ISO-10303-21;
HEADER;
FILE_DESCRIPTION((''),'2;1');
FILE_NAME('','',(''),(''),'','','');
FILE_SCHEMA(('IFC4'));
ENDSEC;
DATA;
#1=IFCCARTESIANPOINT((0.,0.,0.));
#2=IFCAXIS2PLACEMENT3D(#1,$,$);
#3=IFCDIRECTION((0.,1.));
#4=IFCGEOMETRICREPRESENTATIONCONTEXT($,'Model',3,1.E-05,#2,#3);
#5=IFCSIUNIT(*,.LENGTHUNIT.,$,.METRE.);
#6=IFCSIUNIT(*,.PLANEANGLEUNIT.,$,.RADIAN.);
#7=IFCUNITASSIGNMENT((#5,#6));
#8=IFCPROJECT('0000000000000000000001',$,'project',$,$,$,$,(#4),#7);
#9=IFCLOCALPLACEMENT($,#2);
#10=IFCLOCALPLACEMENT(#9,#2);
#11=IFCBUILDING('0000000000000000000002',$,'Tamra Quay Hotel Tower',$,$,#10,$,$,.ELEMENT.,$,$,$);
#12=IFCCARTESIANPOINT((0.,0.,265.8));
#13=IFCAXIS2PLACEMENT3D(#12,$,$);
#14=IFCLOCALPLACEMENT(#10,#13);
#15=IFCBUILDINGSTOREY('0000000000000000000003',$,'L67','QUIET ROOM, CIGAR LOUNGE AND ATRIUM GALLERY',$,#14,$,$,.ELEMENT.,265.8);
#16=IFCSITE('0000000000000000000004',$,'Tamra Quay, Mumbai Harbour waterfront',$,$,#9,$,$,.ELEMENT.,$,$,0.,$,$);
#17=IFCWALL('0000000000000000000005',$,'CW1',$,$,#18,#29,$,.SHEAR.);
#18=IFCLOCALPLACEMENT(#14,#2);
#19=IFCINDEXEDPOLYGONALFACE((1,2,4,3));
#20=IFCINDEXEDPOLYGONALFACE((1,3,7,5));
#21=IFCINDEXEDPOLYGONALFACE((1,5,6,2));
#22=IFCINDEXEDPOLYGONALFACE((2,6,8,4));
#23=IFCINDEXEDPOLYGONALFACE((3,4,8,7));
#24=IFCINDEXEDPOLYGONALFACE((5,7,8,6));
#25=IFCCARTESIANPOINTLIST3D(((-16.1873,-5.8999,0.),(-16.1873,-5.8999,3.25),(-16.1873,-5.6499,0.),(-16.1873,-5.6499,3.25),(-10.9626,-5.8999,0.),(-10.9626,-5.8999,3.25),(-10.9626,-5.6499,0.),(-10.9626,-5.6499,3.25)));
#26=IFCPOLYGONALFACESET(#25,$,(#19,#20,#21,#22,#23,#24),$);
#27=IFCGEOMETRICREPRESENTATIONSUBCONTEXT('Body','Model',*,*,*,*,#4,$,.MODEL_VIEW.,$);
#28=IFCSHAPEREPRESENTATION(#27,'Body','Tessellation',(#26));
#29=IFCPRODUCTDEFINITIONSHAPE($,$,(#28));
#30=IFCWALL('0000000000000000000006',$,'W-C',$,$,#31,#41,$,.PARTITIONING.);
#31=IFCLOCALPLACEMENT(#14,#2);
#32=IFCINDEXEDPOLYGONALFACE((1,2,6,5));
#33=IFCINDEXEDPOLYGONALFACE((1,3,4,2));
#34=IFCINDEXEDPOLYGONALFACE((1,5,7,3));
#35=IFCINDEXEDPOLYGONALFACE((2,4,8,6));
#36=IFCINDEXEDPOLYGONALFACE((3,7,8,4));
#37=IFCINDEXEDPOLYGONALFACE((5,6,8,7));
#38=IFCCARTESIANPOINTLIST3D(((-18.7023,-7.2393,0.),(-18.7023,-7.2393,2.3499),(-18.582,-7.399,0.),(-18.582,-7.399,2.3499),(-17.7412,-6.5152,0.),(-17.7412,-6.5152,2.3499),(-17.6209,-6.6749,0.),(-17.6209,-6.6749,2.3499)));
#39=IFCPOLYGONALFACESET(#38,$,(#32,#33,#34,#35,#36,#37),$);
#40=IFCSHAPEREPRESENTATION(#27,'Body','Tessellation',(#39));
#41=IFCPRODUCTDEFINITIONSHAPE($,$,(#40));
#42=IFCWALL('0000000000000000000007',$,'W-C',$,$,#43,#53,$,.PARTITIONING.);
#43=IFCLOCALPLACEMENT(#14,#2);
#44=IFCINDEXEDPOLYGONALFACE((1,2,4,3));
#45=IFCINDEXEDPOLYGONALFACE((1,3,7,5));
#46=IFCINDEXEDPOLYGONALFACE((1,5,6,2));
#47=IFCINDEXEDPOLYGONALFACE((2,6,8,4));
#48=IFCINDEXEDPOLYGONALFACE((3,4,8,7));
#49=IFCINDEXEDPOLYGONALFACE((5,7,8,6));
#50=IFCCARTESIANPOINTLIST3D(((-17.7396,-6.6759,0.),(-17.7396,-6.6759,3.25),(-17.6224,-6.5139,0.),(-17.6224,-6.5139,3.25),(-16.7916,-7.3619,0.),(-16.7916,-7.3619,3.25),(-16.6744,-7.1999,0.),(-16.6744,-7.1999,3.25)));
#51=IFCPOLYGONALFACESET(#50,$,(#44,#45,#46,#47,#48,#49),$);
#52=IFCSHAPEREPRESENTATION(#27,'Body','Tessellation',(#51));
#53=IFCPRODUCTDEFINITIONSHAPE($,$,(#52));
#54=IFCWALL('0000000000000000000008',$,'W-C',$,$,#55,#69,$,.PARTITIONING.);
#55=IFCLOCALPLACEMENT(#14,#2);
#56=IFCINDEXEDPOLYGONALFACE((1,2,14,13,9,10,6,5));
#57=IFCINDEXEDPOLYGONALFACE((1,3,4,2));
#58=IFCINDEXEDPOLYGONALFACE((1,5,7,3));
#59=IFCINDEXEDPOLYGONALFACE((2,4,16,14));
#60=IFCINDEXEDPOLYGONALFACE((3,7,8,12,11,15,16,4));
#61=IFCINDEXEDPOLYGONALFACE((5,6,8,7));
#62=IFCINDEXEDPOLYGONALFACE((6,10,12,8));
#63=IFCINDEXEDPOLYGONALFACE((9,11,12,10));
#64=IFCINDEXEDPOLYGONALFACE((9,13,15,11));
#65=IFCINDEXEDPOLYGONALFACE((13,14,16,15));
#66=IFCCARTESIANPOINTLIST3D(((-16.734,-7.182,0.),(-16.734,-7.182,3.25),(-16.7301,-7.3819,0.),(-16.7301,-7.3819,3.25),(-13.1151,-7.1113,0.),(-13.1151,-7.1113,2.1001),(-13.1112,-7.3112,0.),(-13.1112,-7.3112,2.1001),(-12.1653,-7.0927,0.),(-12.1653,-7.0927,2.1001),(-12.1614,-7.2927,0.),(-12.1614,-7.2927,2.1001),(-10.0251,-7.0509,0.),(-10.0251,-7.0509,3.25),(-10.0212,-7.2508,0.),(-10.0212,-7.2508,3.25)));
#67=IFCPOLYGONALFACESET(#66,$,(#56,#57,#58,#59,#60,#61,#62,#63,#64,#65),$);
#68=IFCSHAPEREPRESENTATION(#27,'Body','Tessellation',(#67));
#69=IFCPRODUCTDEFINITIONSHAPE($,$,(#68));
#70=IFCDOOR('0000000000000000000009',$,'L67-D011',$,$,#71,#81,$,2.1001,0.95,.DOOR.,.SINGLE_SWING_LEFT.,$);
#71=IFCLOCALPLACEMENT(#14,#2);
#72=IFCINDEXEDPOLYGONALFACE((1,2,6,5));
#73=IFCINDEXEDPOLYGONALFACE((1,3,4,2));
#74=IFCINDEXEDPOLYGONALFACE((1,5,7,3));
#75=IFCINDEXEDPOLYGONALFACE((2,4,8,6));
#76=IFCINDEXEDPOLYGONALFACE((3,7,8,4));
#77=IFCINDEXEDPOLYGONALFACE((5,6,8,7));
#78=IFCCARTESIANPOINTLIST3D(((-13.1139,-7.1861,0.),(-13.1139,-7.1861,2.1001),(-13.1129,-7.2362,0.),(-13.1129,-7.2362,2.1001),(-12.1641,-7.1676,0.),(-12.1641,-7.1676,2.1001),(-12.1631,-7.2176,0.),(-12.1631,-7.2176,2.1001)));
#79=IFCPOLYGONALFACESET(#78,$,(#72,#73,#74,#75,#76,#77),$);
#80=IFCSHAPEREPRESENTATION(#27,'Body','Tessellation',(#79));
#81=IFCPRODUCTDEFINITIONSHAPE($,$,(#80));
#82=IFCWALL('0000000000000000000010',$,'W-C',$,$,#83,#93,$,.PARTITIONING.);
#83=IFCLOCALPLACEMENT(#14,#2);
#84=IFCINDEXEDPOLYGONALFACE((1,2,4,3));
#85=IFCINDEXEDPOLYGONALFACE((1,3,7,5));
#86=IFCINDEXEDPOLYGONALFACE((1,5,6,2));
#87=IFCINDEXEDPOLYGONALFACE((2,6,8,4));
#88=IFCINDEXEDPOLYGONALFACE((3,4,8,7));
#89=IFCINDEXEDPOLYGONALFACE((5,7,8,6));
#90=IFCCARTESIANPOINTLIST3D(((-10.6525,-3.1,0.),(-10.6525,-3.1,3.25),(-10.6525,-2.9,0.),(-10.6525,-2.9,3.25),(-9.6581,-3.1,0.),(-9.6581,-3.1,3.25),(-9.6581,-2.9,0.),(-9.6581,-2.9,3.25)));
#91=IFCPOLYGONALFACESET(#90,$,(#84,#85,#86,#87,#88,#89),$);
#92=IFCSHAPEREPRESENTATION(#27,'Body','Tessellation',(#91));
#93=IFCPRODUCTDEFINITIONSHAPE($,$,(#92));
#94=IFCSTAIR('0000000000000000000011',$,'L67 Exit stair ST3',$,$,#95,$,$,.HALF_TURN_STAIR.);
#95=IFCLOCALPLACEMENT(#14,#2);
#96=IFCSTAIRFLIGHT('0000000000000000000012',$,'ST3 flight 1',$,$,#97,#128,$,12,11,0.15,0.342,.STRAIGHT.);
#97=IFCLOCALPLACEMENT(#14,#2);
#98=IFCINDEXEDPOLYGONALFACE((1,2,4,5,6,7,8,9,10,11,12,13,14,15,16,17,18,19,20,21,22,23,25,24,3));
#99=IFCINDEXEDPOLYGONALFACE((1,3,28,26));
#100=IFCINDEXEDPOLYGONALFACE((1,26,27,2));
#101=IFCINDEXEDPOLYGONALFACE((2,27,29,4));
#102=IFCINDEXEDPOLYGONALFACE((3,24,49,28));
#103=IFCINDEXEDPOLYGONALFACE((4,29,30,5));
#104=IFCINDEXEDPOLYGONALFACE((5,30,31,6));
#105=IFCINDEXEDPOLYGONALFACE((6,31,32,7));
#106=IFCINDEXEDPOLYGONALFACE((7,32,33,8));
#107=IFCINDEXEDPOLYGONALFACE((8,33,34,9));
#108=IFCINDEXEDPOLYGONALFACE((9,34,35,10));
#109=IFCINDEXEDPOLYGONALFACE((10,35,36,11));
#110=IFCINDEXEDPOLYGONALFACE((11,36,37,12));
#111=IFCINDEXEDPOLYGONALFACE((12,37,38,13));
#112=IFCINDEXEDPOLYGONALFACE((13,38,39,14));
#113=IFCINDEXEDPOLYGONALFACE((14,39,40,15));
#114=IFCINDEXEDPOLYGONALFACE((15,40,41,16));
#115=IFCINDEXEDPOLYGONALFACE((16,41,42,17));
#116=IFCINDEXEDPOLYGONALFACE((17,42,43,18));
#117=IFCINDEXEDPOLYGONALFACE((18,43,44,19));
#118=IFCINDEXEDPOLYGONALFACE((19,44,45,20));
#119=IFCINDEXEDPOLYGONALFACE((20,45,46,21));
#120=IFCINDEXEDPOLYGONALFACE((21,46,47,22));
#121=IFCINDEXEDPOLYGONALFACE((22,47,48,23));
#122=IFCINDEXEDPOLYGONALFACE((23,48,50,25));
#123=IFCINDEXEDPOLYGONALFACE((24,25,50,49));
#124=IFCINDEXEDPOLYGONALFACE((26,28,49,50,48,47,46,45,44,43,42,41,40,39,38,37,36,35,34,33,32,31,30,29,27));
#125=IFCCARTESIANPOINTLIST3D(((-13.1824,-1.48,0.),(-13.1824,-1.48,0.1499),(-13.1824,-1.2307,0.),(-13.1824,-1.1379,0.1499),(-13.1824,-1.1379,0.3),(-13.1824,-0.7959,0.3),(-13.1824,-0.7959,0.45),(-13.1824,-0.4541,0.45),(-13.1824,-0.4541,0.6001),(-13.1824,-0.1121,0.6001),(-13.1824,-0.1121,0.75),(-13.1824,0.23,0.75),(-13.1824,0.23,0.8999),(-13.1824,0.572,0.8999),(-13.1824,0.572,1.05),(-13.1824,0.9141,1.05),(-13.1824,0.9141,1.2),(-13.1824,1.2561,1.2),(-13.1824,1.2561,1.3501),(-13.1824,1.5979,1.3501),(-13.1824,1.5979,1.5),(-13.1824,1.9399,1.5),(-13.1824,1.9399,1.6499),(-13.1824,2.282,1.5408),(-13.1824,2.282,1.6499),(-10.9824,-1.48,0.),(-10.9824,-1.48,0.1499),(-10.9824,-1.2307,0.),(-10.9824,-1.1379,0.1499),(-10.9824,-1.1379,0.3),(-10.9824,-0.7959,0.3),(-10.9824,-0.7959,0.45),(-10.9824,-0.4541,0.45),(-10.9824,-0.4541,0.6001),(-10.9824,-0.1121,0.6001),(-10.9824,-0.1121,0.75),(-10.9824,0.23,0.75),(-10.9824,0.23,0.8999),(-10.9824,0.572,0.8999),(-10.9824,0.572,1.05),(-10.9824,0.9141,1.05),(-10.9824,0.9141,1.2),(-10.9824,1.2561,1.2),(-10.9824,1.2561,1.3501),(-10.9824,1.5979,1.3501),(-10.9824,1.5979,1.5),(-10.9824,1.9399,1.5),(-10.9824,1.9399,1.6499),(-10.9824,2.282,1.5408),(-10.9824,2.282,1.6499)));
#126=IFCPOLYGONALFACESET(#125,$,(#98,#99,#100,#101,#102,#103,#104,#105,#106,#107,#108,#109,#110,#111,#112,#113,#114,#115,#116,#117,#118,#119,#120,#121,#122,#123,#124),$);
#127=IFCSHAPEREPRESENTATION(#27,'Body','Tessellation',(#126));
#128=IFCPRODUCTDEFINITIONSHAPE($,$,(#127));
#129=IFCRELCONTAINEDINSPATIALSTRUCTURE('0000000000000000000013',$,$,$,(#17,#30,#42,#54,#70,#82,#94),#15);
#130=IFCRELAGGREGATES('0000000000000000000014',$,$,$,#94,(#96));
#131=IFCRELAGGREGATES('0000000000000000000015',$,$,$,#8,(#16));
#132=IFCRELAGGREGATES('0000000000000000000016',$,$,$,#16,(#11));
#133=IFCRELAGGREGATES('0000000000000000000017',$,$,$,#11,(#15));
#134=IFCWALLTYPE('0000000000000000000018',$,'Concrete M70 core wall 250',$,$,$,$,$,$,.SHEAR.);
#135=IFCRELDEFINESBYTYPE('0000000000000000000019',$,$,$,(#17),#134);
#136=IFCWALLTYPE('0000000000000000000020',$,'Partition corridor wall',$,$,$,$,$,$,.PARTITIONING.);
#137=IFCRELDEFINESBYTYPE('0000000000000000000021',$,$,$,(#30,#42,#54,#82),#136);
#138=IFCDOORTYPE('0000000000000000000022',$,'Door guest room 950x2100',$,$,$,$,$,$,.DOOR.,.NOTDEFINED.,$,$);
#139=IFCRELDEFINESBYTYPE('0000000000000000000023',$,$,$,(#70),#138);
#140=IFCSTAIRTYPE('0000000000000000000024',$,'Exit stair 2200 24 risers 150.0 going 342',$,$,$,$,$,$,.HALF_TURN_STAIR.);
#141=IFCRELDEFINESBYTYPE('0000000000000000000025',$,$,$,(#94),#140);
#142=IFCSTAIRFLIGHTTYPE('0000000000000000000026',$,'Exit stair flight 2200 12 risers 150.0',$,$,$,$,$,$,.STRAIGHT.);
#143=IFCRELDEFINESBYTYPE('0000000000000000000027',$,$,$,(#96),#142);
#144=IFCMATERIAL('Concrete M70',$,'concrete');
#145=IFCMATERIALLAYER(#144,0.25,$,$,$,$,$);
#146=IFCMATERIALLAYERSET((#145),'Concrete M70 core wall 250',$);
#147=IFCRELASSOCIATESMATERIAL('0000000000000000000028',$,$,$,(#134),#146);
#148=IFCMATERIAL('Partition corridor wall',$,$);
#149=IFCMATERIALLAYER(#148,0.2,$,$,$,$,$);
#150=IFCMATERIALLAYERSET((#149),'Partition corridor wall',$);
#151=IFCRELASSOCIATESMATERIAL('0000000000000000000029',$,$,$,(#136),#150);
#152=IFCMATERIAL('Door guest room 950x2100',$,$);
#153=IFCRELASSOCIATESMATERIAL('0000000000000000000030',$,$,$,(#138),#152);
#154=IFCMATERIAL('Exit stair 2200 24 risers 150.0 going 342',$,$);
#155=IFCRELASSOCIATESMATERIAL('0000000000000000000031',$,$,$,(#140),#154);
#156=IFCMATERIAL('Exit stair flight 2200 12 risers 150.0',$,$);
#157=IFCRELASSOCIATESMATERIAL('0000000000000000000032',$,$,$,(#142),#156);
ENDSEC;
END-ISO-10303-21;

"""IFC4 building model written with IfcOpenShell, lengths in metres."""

from ifc_helpers import new_model, si_unit, direction, frame, frame_2d, origin, place, context, subcontext, project, spatial, polyline, rectangle, outline, extrude, material, layer, layer_set, type_object, element, fill, aggregate, save


model = new_model("IFC4")

# Units and contexts
model_context = context("Model", 3, precision=1e-05, world=origin(), true_north=direction((0.0, 1.0)))
body_context = subcontext(model_context, "Body", "Model", "MODEL_VIEW")
ifc_project = project(units=[si_unit("LENGTHUNIT", "METRE"), si_unit("PLANEANGLEUNIT", "RADIAN")], contexts=[model_context])

# Site, building, storey
site_placement = place(None, origin())
site = spatial("IfcSite", under=ifc_project, at=site_placement, Name="Tamra Quay, Mumbai Harbour waterfront", CompositionType="ELEMENT", RefElevation=0.0)
building_placement = place(site_placement, origin())
building = spatial("IfcBuilding", under=site, at=building_placement, Name="Tamra Quay Hotel Tower", CompositionType="ELEMENT")
storey_placement = place(building_placement, frame((0.0, 0.0, 265.8)))
storey = spatial("IfcBuildingStorey", under=building, at=storey_placement, Name="L67", Description="QUIET ROOM, CIGAR LOUNGE AND ATRIUM GALLERY", CompositionType="ELEMENT", Elevation=265.8)

# Shared definitions
ifc_material_1 = material(Name="Concrete M70", Category="concrete")

# Shared definitions
ifc_layer_1 = layer(ifc_material_1, 0.25)
ifc_layer_set_1 = layer_set([ifc_layer_1], Name="Concrete M70 core wall 250")
wall_type_1 = type_object("IfcWallType", Name="Concrete M70 core wall 250", PredefinedType="SHEAR", material=ifc_layer_set_1)

# Walls
wall_1_placement = place(storey_placement, frame((-10.9626, -5.7749, 0.0), z_axis=(0.0, 0.0, 1.0), x_axis=(-1.0, 0.0, 0.0)))
element("IfcWall", 1, at=wall_1_placement, inside=storey, type_object=wall_type_1, Name="CW1", PredefinedType="SHEAR", context=body_context, shape_type="SweptSolid", body=[
    extrude(rectangle(XDim=5.2246, YDim=0.25, at=frame_2d((2.6123, 0.0))), origin(), (0.0, 0.0, 1.0), 3.25),
])
ifc_material_2 = material(Name="Partition corridor wall")
ifc_layer_2 = layer(ifc_material_2, 0.2)
ifc_layer_set_2 = layer_set([ifc_layer_2], Name="Partition corridor wall")
wall_type_2 = type_object("IfcWallType", Name="Partition corridor wall", PredefinedType="PARTITIONING", material=ifc_layer_set_2)
wall_2_placement = place(storey_placement, frame((-18.6421, -7.3191, 0.0), z_axis=(0.0, 0.0, 1.0), x_axis=(0.798708, 0.601719, 0.0)))
element("IfcWall", 2, at=wall_2_placement, inside=storey, type_object=wall_type_2, Name="W-C", PredefinedType="PARTITIONING", context=body_context, shape_type="SweptSolid", body=[
    extrude(rectangle(XDim=1.2034, YDim=0.2, at=frame_2d((0.6016, 0.0))), origin(), (0.0, 0.0, 1.0), 2.3499),
])
wall_3_placement = place(storey_placement, frame((-17.6809, -6.595, 0.0), z_axis=(0.0, 0.0, 1.0), x_axis=(0.810123, -0.58626, 0.0)))
element("IfcWall", 3, at=wall_3_placement, inside=storey, type_object=wall_type_2, Name="W-C", PredefinedType="PARTITIONING", context=body_context, shape_type="SweptSolid", body=[
    extrude(rectangle(XDim=1.1702, YDim=0.2, at=frame_2d((0.585, 0.0))), origin(), (0.0, 0.0, 1.0), 3.25),
])

# Wall, opening, door
wall_4_placement = place(storey_placement, frame((-16.7319, -7.282, 0.0), z_axis=(0.0, 0.0, 1.0), x_axis=(0.999809, 0.019538, 0.0)))
wall_4 = element("IfcWall", 4, at=wall_4_placement, inside=storey, type_object=wall_type_2, Name="W-C", PredefinedType="PARTITIONING", context=body_context, shape_type="SweptSolid", body=[
    extrude(rectangle(XDim=6.7102, YDim=0.2, at=frame_2d((3.355, 0.0))), origin(), (0.0, 0.0, 1.0), 3.25),
])
opening_1_placement = place(wall_4_placement, frame((3.6194, 0.0, 0.0)))
opening_1 = element("IfcOpeningElement", 5, at=opening_1_placement, cuts=wall_4, PredefinedType="OPENING", context=body_context, shape_type="SweptSolid", body=[
    extrude(rectangle(XDim=0.95, YDim=2.1001, at=frame_2d((0.4751, 1.05))), frame((0.0, 0.1099, 0.0), z_axis=(0.0, -1.0, 0.0), x_axis=(1.0, 0.0, 0.0)), (0.0, 0.0, 1.0), 0.22),
])
ifc_material_3 = material(Name="Door guest room 950x2100")
door_type_1 = type_object("IfcDoorType", Name="Door guest room 950x2100", OperationType="NOTDEFINED", PredefinedType="DOOR", material=ifc_material_3)
door_1_placement = place(opening_1_placement, frame((0.95, 0.0, 0.0), z_axis=(0.0, 0.0, 1.0), x_axis=(-1.0, 0.0, 0.0)))
door_1 = element("IfcDoor", 6, at=door_1_placement, inside=storey, type_object=door_type_1, Name="L67-D011", OperationType="SINGLE_SWING_LEFT", OverallHeight=2.1001, OverallWidth=0.95, PredefinedType="DOOR", context=body_context, shape_type="SweptSolid", body=[
    extrude(rectangle(XDim=0.95, YDim=2.1001, at=frame_2d((0.4751, 1.05))), frame((0.0, 0.0249, 0.0), z_axis=(0.0, -1.0, 0.0), x_axis=(1.0, 0.0, 0.0)), (0.0, 0.0, 1.0), 0.05),
])
fill(opening_1, door_1)

# Wall
wall_5_placement = place(storey_placement, frame((-10.6523, -3.0, 0.0), z_axis=(0.0, 0.0, 1.0), x_axis=(1.0, 0.0, 0.0)))
element("IfcWall", 7, at=wall_5_placement, inside=storey, type_object=wall_type_2, Name="W-C", PredefinedType="PARTITIONING", context=body_context, shape_type="SweptSolid", body=[
    extrude(rectangle(XDim=0.9944, YDim=0.2, at=frame_2d((0.4971, 0.0))), origin(), (0.0, 0.0, 1.0), 3.25),
])

# Stair, stair flight
ifc_material_4 = material(Name="Exit stair 2200 24 risers 150.0 going 342")
stair_type = type_object("IfcStairType", Name="Exit stair 2200 24 risers 150.0 going 342", PredefinedType="HALF_TURN_STAIR", material=ifc_material_4)
stair_placement = place(storey_placement, origin())
stair = element("IfcStair", 8, at=stair_placement, inside=storey, type_object=stair_type, Name="L67 Exit stair ST3", PredefinedType="HALF_TURN_STAIR")
ifc_material_5 = material(Name="Exit stair flight 2200 12 risers 150.0")
stair_flight_type = type_object("IfcStairFlightType", Name="Exit stair flight 2200 12 risers 150.0", PredefinedType="STRAIGHT", material=ifc_material_5)
stair_flight_placement = place(storey_placement, frame((-12.0823, -1.48, 0.0), z_axis=(0.0, 0.0, 1.0), x_axis=(0.0, 1.0, 0.0)))
stair_flight = element("IfcStairFlight", 9, at=stair_flight_placement, type_object=stair_flight_type, Name="ST3 flight 1", NumberOfRisers=12, NumberOfTreads=11, PredefinedType="STRAIGHT", RiserHeight=0.15, TreadLength=0.342, context=body_context, shape_type="SweptSolid", body=[
    extrude(outline(polyline([(0.0, 0.0), (0.0, 0.1499), (0.342, 0.1499), (0.342, 0.3), (0.6841, 0.3), (0.6841, 0.45), (1.0259, 0.45), (1.0259, 0.6001), (1.3679, 0.6001), (1.3679, 0.75), (1.71, 0.75), (1.71, 0.8999), (2.052, 0.8999), (2.052, 1.05), (2.394, 1.05), (2.394, 1.2), (2.7361, 1.2), (2.7361, 1.3501), (3.0779, 1.3501), (3.0779, 1.5), (3.4199, 1.5), (3.4199, 1.6499), (3.762, 1.6499), (3.762, 1.8), (3.762, 1.5408), (0.2493, 0.0), (0.0, 0.0)])), frame((0.0, 1.1001, 0.0), z_axis=(0.0, -1.0, 0.0), x_axis=(1.0, 0.0, 0.0)), (0.0, 0.0, 1.0), 2.2),
])
aggregate(stair, [stair_flight])

save(model, "model.ifc")
